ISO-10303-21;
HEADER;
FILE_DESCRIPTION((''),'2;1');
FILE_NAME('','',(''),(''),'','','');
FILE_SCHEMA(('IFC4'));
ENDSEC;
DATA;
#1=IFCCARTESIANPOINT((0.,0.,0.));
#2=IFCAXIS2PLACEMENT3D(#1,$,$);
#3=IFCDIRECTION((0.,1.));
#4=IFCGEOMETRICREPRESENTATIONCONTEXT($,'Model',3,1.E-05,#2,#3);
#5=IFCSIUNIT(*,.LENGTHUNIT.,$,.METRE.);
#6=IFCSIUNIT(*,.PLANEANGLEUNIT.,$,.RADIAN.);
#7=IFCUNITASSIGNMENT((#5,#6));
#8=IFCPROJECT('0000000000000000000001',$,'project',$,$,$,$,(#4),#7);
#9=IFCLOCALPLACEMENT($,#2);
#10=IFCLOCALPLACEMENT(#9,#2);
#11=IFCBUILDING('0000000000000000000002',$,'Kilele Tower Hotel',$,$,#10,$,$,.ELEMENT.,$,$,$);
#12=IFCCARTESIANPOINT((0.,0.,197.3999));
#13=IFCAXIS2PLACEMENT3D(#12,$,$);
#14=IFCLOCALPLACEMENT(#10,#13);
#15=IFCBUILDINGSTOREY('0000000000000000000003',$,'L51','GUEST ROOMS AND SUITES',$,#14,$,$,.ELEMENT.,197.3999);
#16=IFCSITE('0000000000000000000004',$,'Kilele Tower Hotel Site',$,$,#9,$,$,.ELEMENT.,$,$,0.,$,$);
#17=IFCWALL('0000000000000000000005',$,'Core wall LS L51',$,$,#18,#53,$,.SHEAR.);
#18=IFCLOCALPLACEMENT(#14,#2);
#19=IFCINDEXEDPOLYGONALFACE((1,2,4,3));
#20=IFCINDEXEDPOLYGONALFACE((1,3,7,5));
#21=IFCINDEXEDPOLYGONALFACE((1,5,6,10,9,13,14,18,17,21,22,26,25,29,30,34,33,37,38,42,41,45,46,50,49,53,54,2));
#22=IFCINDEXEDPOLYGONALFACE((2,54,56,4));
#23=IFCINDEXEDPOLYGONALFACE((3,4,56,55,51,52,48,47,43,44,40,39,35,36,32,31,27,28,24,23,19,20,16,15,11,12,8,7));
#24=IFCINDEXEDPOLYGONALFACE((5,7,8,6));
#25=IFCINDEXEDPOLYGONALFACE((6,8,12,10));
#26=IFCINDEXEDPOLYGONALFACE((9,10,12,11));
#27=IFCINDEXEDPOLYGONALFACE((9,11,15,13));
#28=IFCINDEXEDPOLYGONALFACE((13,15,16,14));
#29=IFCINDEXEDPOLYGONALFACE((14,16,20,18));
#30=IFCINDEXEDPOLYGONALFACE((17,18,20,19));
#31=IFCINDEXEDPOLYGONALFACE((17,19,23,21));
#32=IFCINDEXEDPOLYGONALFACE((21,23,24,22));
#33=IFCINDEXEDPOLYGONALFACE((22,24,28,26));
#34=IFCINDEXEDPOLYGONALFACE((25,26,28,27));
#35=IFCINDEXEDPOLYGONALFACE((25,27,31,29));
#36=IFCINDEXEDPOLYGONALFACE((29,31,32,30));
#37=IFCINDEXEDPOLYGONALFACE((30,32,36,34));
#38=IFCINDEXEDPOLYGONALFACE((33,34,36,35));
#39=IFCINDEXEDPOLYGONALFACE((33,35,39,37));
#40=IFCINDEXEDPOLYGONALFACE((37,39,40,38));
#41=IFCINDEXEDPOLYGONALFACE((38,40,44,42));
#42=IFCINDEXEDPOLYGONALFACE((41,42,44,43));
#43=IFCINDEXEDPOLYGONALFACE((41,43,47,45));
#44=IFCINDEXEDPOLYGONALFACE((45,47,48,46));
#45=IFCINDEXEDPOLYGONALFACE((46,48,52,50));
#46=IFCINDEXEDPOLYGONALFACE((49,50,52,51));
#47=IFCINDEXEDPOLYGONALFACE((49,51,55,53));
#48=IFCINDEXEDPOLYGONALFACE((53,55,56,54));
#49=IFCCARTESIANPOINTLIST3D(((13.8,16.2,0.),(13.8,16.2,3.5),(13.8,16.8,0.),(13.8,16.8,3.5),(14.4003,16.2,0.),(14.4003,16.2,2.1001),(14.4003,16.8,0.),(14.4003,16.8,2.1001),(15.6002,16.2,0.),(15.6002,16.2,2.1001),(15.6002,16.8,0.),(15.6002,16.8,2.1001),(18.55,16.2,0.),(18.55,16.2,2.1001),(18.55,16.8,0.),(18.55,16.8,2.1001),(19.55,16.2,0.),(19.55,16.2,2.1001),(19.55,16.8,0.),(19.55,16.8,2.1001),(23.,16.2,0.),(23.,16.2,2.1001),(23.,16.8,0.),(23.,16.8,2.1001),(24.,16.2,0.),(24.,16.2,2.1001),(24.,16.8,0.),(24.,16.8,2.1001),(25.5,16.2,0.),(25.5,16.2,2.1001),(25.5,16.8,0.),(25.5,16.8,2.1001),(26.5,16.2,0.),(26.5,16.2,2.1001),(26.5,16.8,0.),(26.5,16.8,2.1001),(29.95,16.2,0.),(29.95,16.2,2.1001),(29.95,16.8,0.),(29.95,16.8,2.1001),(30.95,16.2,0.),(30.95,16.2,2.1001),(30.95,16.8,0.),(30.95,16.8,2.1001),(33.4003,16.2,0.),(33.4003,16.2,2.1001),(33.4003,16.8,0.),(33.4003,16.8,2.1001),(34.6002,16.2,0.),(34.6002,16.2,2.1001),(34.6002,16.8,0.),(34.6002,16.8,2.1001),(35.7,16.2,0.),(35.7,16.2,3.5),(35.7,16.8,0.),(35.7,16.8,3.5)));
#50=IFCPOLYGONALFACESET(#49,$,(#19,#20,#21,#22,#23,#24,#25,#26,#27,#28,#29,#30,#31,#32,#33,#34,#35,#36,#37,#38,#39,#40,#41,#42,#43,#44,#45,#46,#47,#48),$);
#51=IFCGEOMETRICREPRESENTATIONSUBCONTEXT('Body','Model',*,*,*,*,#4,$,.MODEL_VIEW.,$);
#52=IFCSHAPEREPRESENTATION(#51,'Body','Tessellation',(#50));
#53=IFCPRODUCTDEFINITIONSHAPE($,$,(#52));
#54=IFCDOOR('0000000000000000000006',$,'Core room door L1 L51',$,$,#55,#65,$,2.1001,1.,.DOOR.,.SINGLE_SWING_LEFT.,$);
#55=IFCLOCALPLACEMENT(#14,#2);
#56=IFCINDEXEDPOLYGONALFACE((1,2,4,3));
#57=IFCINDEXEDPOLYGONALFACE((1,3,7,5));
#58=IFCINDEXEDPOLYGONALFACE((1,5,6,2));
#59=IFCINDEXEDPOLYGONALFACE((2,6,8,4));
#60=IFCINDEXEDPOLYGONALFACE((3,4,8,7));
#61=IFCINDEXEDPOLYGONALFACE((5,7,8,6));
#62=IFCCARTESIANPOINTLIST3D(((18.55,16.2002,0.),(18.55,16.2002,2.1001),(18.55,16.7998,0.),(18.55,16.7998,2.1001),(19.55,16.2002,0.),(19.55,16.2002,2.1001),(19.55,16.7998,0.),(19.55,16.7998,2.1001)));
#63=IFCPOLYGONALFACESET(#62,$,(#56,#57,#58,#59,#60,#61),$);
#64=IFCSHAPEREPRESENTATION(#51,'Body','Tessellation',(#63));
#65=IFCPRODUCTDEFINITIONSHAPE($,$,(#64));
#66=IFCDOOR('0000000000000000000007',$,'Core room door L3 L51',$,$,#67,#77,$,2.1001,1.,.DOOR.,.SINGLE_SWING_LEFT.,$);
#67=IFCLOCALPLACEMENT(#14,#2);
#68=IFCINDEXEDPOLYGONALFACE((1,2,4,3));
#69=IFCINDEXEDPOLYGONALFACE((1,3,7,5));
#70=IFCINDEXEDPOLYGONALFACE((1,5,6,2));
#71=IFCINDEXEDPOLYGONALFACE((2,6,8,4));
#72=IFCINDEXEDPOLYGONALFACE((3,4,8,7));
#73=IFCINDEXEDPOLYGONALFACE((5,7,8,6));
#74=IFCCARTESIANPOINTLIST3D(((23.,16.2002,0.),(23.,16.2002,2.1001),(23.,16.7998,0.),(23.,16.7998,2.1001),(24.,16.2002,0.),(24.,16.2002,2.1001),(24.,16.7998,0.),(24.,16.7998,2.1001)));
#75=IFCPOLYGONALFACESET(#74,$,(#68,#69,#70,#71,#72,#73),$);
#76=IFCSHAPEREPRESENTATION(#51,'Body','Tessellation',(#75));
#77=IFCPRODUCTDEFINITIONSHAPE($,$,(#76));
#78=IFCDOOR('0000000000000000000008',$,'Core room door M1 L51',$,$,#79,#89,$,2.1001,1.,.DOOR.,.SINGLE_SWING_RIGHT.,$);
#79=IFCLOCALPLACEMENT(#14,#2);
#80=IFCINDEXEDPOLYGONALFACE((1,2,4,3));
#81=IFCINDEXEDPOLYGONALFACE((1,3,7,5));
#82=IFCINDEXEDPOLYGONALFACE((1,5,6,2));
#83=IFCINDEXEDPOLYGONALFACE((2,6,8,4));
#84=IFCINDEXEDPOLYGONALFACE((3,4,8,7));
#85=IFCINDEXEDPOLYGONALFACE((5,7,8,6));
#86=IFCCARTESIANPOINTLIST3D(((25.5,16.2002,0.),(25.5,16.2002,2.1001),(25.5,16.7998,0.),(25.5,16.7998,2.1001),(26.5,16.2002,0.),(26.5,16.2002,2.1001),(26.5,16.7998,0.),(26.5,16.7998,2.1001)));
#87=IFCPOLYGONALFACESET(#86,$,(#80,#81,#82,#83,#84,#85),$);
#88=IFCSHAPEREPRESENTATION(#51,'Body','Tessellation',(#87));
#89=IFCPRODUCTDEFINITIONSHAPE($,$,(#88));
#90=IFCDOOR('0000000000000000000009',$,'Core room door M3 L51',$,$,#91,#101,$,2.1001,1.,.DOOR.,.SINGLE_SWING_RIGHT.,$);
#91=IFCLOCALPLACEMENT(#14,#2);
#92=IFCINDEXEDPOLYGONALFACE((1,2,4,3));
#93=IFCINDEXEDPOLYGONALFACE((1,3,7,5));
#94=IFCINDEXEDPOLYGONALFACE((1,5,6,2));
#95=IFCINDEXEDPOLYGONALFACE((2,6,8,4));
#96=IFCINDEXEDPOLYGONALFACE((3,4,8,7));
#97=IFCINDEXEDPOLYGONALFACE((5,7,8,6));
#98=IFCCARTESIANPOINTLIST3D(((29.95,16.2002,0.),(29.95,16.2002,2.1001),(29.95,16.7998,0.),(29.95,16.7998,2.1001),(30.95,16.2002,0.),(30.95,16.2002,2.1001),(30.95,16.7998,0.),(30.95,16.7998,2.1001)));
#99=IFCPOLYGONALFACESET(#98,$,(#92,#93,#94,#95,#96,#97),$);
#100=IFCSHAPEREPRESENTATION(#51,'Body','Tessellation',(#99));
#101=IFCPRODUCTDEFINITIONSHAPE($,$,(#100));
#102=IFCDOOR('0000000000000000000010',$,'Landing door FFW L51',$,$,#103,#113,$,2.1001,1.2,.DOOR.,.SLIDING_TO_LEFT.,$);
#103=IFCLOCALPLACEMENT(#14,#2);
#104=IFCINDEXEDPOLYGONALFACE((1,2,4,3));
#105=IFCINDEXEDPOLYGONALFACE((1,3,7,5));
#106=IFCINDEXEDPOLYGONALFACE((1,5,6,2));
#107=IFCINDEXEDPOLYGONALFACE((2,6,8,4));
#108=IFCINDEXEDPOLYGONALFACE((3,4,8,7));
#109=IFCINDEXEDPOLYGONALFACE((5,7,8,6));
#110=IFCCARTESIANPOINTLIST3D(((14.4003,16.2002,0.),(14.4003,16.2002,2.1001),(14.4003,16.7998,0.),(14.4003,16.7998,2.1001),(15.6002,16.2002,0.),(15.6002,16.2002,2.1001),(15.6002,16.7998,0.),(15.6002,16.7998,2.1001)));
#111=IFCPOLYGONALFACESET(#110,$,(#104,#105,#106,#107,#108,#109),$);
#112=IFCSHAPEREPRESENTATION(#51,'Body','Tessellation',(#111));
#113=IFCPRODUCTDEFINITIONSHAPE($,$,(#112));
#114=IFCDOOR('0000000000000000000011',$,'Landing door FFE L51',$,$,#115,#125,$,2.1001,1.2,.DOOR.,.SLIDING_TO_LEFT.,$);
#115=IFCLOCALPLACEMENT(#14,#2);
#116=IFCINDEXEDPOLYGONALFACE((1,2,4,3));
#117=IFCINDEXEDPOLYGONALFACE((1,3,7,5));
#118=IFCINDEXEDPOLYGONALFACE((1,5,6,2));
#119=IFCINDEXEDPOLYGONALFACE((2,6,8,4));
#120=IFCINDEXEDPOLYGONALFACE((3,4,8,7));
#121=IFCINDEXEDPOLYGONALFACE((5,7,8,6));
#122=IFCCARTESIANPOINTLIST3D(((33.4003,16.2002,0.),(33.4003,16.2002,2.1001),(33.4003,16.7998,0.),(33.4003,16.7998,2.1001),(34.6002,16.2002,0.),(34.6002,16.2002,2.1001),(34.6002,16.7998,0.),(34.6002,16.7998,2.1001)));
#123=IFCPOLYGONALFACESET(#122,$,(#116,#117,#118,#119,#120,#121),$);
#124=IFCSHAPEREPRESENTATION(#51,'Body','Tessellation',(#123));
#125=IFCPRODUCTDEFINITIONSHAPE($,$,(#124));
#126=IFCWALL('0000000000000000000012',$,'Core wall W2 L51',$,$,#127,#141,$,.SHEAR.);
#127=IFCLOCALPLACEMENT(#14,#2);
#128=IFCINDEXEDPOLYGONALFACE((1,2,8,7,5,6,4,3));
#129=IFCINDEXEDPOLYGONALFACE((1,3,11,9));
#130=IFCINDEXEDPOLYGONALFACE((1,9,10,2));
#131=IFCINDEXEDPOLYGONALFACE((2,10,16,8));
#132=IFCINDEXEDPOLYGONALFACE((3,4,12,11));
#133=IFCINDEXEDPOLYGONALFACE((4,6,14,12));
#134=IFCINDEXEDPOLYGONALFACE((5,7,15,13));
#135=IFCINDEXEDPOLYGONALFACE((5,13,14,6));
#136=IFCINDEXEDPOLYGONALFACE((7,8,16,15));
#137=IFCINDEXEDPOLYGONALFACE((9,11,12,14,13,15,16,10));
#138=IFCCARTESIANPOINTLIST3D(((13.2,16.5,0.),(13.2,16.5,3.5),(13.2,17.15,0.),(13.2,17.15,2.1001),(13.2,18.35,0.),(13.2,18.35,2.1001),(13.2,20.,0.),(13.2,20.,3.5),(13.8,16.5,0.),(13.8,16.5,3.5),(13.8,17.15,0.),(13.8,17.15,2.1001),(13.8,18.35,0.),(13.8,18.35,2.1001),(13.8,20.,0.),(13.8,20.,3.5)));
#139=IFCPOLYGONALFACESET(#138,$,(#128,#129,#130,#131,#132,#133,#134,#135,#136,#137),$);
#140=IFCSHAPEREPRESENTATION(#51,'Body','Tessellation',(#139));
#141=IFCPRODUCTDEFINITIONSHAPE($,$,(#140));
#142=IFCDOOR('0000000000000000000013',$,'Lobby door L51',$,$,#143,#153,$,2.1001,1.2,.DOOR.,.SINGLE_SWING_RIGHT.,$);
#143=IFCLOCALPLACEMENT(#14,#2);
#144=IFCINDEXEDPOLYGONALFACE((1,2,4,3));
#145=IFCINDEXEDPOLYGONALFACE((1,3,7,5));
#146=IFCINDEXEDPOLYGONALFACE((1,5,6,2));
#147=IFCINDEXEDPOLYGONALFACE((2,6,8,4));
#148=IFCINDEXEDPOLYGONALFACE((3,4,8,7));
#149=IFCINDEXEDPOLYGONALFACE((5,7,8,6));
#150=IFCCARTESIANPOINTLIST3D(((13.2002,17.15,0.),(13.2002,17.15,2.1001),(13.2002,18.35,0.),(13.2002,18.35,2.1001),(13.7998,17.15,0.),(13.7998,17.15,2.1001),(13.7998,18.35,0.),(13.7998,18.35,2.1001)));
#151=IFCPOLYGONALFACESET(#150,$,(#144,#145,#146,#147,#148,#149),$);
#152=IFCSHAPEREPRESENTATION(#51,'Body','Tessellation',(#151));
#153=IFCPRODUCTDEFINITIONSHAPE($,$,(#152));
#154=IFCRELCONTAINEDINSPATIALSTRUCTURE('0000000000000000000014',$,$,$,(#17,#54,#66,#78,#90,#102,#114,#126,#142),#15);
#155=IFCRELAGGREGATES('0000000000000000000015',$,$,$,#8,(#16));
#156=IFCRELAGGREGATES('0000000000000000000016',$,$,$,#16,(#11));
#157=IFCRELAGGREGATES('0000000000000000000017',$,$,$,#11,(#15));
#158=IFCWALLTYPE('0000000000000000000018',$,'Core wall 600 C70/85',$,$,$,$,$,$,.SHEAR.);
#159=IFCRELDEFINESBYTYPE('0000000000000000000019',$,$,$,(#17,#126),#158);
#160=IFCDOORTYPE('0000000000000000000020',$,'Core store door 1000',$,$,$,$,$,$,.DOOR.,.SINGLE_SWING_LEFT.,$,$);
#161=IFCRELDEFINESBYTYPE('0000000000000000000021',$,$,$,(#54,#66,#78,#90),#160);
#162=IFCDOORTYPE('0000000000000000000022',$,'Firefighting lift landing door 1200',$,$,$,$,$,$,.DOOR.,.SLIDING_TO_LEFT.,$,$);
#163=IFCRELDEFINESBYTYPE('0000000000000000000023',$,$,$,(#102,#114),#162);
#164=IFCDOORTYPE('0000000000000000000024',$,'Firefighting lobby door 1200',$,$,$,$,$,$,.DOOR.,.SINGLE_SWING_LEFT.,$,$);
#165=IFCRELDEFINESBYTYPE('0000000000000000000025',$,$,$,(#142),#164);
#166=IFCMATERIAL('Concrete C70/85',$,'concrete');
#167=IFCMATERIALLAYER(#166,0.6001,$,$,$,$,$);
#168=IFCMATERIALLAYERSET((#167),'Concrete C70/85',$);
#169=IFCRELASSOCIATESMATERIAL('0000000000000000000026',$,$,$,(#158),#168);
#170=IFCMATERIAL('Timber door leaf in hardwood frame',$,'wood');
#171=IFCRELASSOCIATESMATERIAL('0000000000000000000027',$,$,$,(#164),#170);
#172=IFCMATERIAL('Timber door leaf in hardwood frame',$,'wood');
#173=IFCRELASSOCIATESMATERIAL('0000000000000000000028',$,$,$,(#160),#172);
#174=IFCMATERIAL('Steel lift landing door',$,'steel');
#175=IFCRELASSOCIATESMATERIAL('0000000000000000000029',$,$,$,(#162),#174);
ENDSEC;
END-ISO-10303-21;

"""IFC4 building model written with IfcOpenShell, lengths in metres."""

from ifc_helpers import new_model, si_unit, direction, frame, frame_2d, origin, place, context, subcontext, project, spatial, rectangle, extrude, material, layer, layer_set, type_object, element, fill, save


model = new_model("IFC4")

# Units and contexts
model_context = context("Model", 3, precision=1e-05, world=origin(), true_north=direction((0.0, 1.0)))
body_context = subcontext(model_context, "Body", "Model", "MODEL_VIEW")
ifc_project = project(units=[si_unit("LENGTHUNIT", "METRE"), si_unit("PLANEANGLEUNIT", "RADIAN")], contexts=[model_context])

# Site, building, storey
site_placement = place(None, origin())
site = spatial("IfcSite", under=ifc_project, at=site_placement, Name="Kilele Tower Hotel Site", CompositionType="ELEMENT", RefElevation=0.0)
building_placement = place(site_placement, origin())
building = spatial("IfcBuilding", under=site, at=building_placement, Name="Kilele Tower Hotel", CompositionType="ELEMENT")
storey_placement = place(building_placement, frame((0.0, 0.0, 197.3999)))
storey = spatial("IfcBuildingStorey", under=building, at=storey_placement, Name="L51", Description="GUEST ROOMS AND SUITES", CompositionType="ELEMENT", Elevation=197.3999)

# Shared definitions
ifc_material_1 = material(Name="Concrete C70/85", Category="concrete")
ifc_layer_1 = layer(ifc_material_1, 0.6001)
ifc_layer_set_1 = layer_set([ifc_layer_1], Name="Concrete C70/85")
wall_type_1 = type_object("IfcWallType", Name="Core wall 600 C70/85", PredefinedType="SHEAR", material=ifc_layer_set_1)
ifc_material_2 = material(Name="Timber door leaf in hardwood frame", Category="wood")
door_type_1 = type_object("IfcDoorType", Name="Firefighting lobby door 1200", OperationType="SINGLE_SWING_LEFT", PredefinedType="DOOR", material=ifc_material_2)

# Wall, openings, doors
wall_1_placement = place(storey_placement, frame((13.8, 16.5, 0.0), z_axis=(0.0, 0.0, 1.0), x_axis=(1.0, 0.0, 0.0)))
wall_1 = element("IfcWall", 1, at=wall_1_placement, inside=storey, type_object=wall_type_1, Name="Core wall LS L51", PredefinedType="SHEAR", context=body_context, shape_type="SweptSolid", body=[
    extrude(rectangle(XDim=21.8999, YDim=0.6001, at=frame_2d((10.95, 0.0))), origin(), (0.0, 0.0, 1.0), 3.5),
])
opening_1_placement = place(wall_1_placement, frame((5.75, 0.0, 0.0), z_axis=(0.0, 0.0, 1.0), x_axis=(-1.0, 0.0, 0.0)))
opening_1 = element("IfcOpeningElement", 2, at=opening_1_placement, cuts=wall_1, PredefinedType="OPENING", context=body_context, shape_type="SweptSolid", body=[
    extrude(rectangle(XDim=1.0, YDim=2.1001, at=frame_2d((0.5, 1.05))), frame((0.0, 0.3101, 0.0), z_axis=(0.0, -1.0, 0.0), x_axis=(1.0, 0.0, 0.0)), (0.0, 0.0, 1.0), 0.6201),
])
opening_2_placement = place(wall_1_placement, frame((10.2, 0.0, 0.0), z_axis=(0.0, 0.0, 1.0), x_axis=(-1.0, 0.0, 0.0)))
opening_2 = element("IfcOpeningElement", 3, at=opening_2_placement, cuts=wall_1, PredefinedType="OPENING", context=body_context, shape_type="SweptSolid", body=[
    extrude(rectangle(XDim=1.0, YDim=2.1001, at=frame_2d((0.5, 1.05))), frame((0.0, 0.3101, 0.0), z_axis=(0.0, -1.0, 0.0), x_axis=(1.0, 0.0, 0.0)), (0.0, 0.0, 1.0), 0.6201),
])
opening_3_placement = place(wall_1_placement, frame((12.7, 0.0, 0.0), z_axis=(0.0, 0.0, 1.0), x_axis=(-1.0, 0.0, 0.0)))
opening_3 = element("IfcOpeningElement", 4, at=opening_3_placement, cuts=wall_1, PredefinedType="OPENING", context=body_context, shape_type="SweptSolid", body=[
    extrude(rectangle(XDim=1.0, YDim=2.1001, at=frame_2d((0.5, 1.05))), frame((0.0, 0.3101, 0.0), z_axis=(0.0, -1.0, 0.0), x_axis=(1.0, 0.0, 0.0)), (0.0, 0.0, 1.0), 0.6201),
])
opening_4_placement = place(wall_1_placement, frame((17.1499, 0.0, 0.0), z_axis=(0.0, 0.0, 1.0), x_axis=(-1.0, 0.0, 0.0)))
opening_4 = element("IfcOpeningElement", 5, at=opening_4_placement, cuts=wall_1, PredefinedType="OPENING", context=body_context, shape_type="SweptSolid", body=[
    extrude(rectangle(XDim=1.0, YDim=2.1001, at=frame_2d((0.5, 1.05))), frame((0.0, 0.3101, 0.0), z_axis=(0.0, -1.0, 0.0), x_axis=(1.0, 0.0, 0.0)), (0.0, 0.0, 1.0), 0.6201),
])
opening_5_placement = place(wall_1_placement, frame((0.6001, 0.0, 0.0)))
opening_5 = element("IfcOpeningElement", 6, at=opening_5_placement, cuts=wall_1, PredefinedType="OPENING", context=body_context, shape_type="SweptSolid", body=[
    extrude(rectangle(XDim=1.2, YDim=2.1001, at=frame_2d((0.6001, 1.05))), frame((0.0, 0.3101, 0.0), z_axis=(0.0, -1.0, 0.0), x_axis=(1.0, 0.0, 0.0)), (0.0, 0.0, 1.0), 0.6201),
])
opening_6_placement = place(wall_1_placement, frame((19.6001, 0.0, 0.0)))
opening_6 = element("IfcOpeningElement", 7, at=opening_6_placement, cuts=wall_1, PredefinedType="OPENING", context=body_context, shape_type="SweptSolid", body=[
    extrude(rectangle(XDim=1.2, YDim=2.1001, at=frame_2d((0.6001, 1.05))), frame((0.0, 0.3101, 0.0), z_axis=(0.0, -1.0, 0.0), x_axis=(1.0, 0.0, 0.0)), (0.0, 0.0, 1.0), 0.6201),
])
ifc_material_3 = material(Name="Timber door leaf in hardwood frame", Category="wood")
door_type_2 = type_object("IfcDoorType", Name="Core store door 1000", OperationType="SINGLE_SWING_LEFT", PredefinedType="DOOR", material=ifc_material_3)
door_1_placement = place(opening_1_placement, origin())
door_1 = element("IfcDoor", 8, at=door_1_placement, inside=storey, type_object=door_type_2, Name="Core room door L1 L51", OperationType="SINGLE_SWING_LEFT", OverallHeight=2.1001, OverallWidth=1.0, PredefinedType="DOOR", context=body_context, shape_type="SweptSolid", body=[
    extrude(rectangle(XDim=1.0, YDim=2.1001, at=frame_2d((0.5, 1.05))), frame((0.0, 0.2998, 0.0), z_axis=(0.0, -1.0, 0.0), x_axis=(1.0, 0.0, 0.0)), (0.0, 0.0, 1.0), 0.5996),
])
fill(opening_1, door_1)
door_2_placement = place(opening_2_placement, origin())
door_2 = element("IfcDoor", 9, at=door_2_placement, inside=storey, type_object=door_type_2, Name="Core room door L3 L51", OperationType="SINGLE_SWING_LEFT", OverallHeight=2.1001, OverallWidth=1.0, PredefinedType="DOOR", context=body_context, shape_type="SweptSolid", body=[
    extrude(rectangle(XDim=1.0, YDim=2.1001, at=frame_2d((0.5, 1.05))), frame((0.0, 0.2998, 0.0), z_axis=(0.0, -1.0, 0.0), x_axis=(1.0, 0.0, 0.0)), (0.0, 0.0, 1.0), 0.5996),
])
fill(opening_2, door_2)
door_3_placement = place(opening_3_placement, origin())
door_3 = element("IfcDoor", 10, at=door_3_placement, inside=storey, type_object=door_type_2, Name="Core room door M1 L51", OperationType="SINGLE_SWING_RIGHT", OverallHeight=2.1001, OverallWidth=1.0, PredefinedType="DOOR", context=body_context, shape_type="SweptSolid", body=[
    extrude(rectangle(XDim=1.0, YDim=2.1001, at=frame_2d((0.5, 1.05))), frame((0.0, 0.2998, 0.0), z_axis=(0.0, -1.0, 0.0), x_axis=(1.0, 0.0, 0.0)), (0.0, 0.0, 1.0), 0.5996),
])
fill(opening_3, door_3)
door_4_placement = place(opening_4_placement, origin())
door_4 = element("IfcDoor", 11, at=door_4_placement, inside=storey, type_object=door_type_2, Name="Core room door M3 L51", OperationType="SINGLE_SWING_RIGHT", OverallHeight=2.1001, OverallWidth=1.0, PredefinedType="DOOR", context=body_context, shape_type="SweptSolid", body=[
    extrude(rectangle(XDim=1.0, YDim=2.1001, at=frame_2d((0.5, 1.05))), frame((0.0, 0.2998, 0.0), z_axis=(0.0, -1.0, 0.0), x_axis=(1.0, 0.0, 0.0)), (0.0, 0.0, 1.0), 0.5996),
])
fill(opening_4, door_4)
ifc_material_4 = material(Name="Steel lift landing door", Category="steel")
door_type_3 = type_object("IfcDoorType", Name="Firefighting lift landing door 1200", OperationType="SLIDING_TO_LEFT", PredefinedType="DOOR", material=ifc_material_4)
door_5_placement = place(opening_5_placement, origin())
door_5 = element("IfcDoor", 12, at=door_5_placement, inside=storey, type_object=door_type_3, Name="Landing door FFW L51", OperationType="SLIDING_TO_LEFT", OverallHeight=2.1001, OverallWidth=1.2, PredefinedType="DOOR", context=body_context, shape_type="SweptSolid", body=[
    extrude(rectangle(XDim=1.2, YDim=2.1001, at=frame_2d((0.6001, 1.05))), frame((0.0, 0.2998, 0.0), z_axis=(0.0, -1.0, 0.0), x_axis=(1.0, 0.0, 0.0)), (0.0, 0.0, 1.0), 0.5996),
])
fill(opening_5, door_5)
door_6_placement = place(opening_6_placement, origin())
door_6 = element("IfcDoor", 13, at=door_6_placement, inside=storey, type_object=door_type_3, Name="Landing door FFE L51", OperationType="SLIDING_TO_LEFT", OverallHeight=2.1001, OverallWidth=1.2, PredefinedType="DOOR", context=body_context, shape_type="SweptSolid", body=[
    extrude(rectangle(XDim=1.2, YDim=2.1001, at=frame_2d((0.6001, 1.05))), frame((0.0, 0.2998, 0.0), z_axis=(0.0, -1.0, 0.0), x_axis=(1.0, 0.0, 0.0)), (0.0, 0.0, 1.0), 0.5996),
])
fill(opening_6, door_6)

# Wall, opening, door
wall_2_placement = place(storey_placement, frame((13.5, 20.0, 0.0), z_axis=(0.0, 0.0, 1.0), x_axis=(0.0, -1.0, 0.0)))
wall_2 = element("IfcWall", 14, at=wall_2_placement, inside=storey, type_object=wall_type_1, Name="Core wall W2 L51", PredefinedType="SHEAR", context=body_context, shape_type="SweptSolid", body=[
    extrude(rectangle(XDim=3.5, YDim=0.6001, at=frame_2d((1.75, 0.0))), origin(), (0.0, 0.0, 1.0), 3.5),
])
opening_7_placement = place(wall_2_placement, frame((1.6499, 0.0, 0.0)))
opening_7 = element("IfcOpeningElement", 15, at=opening_7_placement, cuts=wall_2, PredefinedType="OPENING", context=body_context, shape_type="SweptSolid", body=[
    extrude(rectangle(XDim=1.2, YDim=2.1001, at=frame_2d((0.6001, 1.05))), frame((0.0, 0.3101, 0.0), z_axis=(0.0, -1.0, 0.0), x_axis=(1.0, 0.0, 0.0)), (0.0, 0.0, 1.0), 0.6201),
])
door_7_placement = place(opening_7_placement, origin())
door_7 = element("IfcDoor", 16, at=door_7_placement, inside=storey, type_object=door_type_1, Name="Lobby door L51", OperationType="SINGLE_SWING_RIGHT", OverallHeight=2.1001, OverallWidth=1.2, PredefinedType="DOOR", context=body_context, shape_type="SweptSolid", body=[
    extrude(rectangle(XDim=1.2, YDim=2.1001, at=frame_2d((0.6001, 1.05))), frame((0.0, 0.2998, 0.0), z_axis=(0.0, -1.0, 0.0), x_axis=(1.0, 0.0, 0.0)), (0.0, 0.0, 1.0), 0.5996),
])
fill(opening_7, door_7)

save(model, "model.ifc")
